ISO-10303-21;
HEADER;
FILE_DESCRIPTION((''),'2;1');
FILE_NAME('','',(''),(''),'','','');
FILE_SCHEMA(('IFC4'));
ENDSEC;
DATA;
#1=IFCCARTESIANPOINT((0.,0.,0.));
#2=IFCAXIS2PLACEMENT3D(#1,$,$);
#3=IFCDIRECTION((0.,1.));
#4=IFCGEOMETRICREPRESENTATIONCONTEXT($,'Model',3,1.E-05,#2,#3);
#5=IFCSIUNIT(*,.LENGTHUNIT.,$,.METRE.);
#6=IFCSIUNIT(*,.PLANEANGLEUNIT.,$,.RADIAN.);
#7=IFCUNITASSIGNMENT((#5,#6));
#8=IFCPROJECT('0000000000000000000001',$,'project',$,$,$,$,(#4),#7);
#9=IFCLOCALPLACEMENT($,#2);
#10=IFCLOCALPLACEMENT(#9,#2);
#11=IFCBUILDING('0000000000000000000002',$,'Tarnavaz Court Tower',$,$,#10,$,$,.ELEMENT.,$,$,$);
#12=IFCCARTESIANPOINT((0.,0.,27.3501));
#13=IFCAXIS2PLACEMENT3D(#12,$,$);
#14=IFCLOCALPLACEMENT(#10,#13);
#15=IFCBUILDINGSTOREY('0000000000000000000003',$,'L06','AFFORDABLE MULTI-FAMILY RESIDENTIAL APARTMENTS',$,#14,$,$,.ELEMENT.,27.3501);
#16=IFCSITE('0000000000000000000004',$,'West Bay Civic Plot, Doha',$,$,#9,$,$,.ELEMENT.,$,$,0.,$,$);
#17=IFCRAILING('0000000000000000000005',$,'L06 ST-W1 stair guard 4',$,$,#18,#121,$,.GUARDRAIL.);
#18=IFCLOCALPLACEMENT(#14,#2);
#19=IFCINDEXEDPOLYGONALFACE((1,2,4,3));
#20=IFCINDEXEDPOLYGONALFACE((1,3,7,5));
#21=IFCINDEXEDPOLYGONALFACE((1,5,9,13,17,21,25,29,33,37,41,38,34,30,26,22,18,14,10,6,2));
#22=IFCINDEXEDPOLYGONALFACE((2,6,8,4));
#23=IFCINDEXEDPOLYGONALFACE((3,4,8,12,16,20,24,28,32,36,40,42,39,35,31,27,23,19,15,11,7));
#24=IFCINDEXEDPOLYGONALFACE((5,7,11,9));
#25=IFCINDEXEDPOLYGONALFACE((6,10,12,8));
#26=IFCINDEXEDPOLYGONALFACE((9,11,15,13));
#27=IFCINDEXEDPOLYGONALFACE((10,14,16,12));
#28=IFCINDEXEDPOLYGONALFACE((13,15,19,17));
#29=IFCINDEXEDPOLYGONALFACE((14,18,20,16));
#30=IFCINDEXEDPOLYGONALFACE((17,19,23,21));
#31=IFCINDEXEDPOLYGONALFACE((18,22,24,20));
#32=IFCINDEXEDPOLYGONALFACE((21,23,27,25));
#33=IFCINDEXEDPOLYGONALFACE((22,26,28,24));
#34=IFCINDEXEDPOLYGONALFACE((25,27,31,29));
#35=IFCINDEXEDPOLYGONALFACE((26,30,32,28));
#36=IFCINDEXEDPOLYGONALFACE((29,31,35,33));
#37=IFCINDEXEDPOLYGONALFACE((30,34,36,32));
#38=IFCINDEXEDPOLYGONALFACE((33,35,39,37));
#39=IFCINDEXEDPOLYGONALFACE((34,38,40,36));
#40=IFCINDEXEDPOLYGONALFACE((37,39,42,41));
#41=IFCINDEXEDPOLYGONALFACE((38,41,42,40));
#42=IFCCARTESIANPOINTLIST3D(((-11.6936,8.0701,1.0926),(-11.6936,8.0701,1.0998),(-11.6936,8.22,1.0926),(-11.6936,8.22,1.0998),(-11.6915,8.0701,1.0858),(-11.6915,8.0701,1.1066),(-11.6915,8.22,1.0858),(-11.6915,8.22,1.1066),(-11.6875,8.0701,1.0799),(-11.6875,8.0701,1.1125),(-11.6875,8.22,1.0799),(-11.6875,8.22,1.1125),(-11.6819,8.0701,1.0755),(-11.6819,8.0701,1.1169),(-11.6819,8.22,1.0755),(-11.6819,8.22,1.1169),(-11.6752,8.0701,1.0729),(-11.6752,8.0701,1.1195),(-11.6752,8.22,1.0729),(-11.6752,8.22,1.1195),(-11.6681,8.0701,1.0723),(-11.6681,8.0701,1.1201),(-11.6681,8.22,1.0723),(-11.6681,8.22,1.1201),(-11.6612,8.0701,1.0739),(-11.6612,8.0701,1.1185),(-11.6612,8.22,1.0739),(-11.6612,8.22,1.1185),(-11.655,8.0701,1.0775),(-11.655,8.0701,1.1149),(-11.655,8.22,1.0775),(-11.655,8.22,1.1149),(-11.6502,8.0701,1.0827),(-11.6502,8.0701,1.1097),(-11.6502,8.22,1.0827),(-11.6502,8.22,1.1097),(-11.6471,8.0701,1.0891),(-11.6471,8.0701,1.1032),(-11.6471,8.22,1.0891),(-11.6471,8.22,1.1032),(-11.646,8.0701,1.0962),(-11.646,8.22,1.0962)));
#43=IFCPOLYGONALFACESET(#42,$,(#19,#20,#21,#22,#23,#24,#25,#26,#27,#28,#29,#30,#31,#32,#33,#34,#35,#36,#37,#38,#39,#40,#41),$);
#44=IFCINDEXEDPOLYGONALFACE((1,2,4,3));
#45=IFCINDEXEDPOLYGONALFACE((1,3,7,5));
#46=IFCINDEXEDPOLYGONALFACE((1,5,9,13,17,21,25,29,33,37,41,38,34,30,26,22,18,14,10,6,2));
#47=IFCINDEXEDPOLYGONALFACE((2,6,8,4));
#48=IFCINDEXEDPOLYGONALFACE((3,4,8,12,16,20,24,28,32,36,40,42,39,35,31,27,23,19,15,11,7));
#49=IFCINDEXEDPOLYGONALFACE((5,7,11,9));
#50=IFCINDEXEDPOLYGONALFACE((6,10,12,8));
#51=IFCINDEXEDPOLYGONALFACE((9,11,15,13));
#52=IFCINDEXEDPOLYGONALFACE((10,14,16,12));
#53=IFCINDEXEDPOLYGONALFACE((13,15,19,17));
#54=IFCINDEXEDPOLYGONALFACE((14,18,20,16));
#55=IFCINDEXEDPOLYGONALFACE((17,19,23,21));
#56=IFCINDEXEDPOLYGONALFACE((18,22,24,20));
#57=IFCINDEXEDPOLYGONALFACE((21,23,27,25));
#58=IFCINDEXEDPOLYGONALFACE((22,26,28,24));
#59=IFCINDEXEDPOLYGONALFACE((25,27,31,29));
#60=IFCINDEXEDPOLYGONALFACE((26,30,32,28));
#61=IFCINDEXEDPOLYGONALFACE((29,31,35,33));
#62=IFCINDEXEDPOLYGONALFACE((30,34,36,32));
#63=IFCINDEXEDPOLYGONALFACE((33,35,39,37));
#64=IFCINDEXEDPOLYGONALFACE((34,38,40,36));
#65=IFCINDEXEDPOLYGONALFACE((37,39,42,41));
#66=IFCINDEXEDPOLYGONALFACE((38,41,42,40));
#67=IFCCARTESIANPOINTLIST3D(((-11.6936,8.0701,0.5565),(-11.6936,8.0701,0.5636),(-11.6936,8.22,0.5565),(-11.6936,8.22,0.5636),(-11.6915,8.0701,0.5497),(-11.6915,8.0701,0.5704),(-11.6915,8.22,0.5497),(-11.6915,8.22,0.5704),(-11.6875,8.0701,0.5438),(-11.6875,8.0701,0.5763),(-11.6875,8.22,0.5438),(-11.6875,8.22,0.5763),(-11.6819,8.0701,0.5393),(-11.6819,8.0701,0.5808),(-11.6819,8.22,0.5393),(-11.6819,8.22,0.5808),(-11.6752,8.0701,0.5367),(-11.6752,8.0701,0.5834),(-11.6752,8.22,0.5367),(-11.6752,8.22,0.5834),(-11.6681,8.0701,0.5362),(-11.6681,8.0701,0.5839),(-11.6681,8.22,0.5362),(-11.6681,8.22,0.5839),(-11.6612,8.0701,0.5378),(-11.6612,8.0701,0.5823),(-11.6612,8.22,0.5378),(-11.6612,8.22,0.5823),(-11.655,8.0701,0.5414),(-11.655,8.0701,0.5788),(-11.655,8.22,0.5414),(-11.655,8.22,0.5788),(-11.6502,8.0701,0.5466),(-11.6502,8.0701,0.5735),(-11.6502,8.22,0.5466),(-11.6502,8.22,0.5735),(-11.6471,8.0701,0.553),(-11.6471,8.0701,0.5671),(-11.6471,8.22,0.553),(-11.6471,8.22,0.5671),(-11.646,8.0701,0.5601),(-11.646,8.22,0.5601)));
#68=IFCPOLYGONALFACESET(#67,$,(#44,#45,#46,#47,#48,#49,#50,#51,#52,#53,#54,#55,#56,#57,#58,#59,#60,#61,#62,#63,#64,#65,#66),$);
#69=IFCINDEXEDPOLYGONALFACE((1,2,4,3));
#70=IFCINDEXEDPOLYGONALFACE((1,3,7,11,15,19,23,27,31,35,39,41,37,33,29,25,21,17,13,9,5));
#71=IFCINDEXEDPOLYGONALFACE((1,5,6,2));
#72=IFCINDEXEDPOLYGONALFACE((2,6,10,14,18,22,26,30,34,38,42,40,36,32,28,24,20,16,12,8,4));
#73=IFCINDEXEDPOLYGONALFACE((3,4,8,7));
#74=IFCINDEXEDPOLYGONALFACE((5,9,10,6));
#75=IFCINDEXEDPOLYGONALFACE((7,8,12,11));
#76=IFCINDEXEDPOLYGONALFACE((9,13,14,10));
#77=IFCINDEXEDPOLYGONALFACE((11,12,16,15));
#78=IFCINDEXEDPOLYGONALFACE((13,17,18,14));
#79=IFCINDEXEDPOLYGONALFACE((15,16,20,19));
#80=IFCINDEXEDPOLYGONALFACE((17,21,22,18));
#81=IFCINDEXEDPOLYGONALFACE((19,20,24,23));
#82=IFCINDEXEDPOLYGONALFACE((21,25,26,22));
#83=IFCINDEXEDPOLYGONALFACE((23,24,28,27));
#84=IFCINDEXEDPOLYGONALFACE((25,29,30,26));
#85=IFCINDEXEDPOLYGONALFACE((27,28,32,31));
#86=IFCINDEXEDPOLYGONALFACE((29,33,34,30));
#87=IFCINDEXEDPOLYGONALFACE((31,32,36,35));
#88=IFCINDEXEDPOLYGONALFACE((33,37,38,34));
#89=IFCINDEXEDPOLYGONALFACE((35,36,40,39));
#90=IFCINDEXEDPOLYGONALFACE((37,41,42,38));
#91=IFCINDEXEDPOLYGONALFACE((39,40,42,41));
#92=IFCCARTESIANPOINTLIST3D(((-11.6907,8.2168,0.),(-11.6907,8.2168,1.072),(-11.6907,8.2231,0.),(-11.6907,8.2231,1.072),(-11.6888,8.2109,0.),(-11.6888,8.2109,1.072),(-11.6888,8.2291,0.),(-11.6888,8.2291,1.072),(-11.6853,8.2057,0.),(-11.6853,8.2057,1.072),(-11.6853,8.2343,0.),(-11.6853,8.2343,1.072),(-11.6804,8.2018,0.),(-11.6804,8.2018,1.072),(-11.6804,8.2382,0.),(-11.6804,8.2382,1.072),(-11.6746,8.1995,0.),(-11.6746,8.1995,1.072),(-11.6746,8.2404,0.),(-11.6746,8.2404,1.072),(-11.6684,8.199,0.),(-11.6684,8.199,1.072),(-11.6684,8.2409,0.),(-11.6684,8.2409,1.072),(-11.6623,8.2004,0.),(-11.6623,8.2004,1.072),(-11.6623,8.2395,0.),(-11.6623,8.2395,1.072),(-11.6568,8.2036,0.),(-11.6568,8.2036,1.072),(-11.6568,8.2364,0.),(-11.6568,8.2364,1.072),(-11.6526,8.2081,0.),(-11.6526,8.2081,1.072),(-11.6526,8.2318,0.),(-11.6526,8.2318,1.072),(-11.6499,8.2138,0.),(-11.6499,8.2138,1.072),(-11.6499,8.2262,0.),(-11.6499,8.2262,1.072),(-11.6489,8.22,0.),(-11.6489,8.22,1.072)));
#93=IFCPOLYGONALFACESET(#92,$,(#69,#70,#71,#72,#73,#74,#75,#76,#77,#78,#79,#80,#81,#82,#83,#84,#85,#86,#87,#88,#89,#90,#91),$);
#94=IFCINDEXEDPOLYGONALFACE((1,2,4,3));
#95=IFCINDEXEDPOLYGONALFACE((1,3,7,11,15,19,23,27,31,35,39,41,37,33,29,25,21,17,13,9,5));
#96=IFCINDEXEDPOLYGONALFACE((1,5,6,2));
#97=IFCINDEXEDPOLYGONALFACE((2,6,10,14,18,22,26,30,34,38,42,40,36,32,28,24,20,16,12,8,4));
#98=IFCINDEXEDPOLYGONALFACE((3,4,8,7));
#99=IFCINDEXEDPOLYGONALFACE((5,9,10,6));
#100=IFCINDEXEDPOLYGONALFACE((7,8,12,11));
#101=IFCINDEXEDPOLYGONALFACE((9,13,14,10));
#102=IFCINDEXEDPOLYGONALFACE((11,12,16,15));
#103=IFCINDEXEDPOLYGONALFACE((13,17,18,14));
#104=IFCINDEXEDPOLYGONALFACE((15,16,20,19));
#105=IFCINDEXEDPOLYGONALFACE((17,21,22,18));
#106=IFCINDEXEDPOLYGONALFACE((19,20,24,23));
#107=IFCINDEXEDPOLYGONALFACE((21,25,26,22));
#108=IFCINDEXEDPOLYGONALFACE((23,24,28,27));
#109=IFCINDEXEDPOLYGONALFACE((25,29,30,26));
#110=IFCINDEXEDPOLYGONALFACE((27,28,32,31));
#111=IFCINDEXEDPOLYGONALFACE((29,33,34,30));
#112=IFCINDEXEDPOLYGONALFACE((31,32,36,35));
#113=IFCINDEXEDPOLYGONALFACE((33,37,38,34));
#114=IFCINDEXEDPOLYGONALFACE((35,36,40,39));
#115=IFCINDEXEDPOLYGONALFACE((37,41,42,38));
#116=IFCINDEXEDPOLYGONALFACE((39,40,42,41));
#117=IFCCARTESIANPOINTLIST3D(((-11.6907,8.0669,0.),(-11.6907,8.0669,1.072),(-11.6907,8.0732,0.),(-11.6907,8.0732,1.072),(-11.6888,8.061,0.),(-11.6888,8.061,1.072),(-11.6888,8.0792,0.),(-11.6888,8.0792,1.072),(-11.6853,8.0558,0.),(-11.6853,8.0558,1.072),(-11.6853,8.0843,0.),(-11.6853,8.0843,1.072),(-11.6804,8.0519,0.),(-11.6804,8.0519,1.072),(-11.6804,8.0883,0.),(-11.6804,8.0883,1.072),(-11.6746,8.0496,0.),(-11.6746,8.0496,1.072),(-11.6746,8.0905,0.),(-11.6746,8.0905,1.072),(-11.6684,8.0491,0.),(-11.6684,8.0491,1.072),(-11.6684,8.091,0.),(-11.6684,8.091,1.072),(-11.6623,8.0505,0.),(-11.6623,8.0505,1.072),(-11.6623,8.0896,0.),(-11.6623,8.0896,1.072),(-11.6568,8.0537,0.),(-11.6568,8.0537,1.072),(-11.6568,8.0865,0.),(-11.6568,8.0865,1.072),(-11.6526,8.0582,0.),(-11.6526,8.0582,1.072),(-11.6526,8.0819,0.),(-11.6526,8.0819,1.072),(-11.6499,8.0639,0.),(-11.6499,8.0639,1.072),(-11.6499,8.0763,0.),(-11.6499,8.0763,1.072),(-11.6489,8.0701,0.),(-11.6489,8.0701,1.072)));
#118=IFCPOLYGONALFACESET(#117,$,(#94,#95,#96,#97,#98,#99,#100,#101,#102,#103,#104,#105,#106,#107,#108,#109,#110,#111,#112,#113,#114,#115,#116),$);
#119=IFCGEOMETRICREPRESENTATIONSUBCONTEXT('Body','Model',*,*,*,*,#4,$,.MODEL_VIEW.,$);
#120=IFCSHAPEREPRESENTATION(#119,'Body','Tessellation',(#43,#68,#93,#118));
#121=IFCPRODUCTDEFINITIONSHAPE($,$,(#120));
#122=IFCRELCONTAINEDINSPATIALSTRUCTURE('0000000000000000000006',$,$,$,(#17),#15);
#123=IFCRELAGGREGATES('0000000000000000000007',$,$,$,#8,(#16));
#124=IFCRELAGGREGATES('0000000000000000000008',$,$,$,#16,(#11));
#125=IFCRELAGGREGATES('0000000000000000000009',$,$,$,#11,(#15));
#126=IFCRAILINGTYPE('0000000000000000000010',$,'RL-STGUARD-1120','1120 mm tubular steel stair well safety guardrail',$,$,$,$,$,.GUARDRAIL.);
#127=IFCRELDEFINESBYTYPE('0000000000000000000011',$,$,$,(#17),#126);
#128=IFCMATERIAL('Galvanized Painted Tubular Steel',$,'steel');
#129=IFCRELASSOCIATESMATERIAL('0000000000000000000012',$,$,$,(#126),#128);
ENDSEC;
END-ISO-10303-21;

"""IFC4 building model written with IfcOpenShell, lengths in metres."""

from ifc_helpers import new_model, si_unit, direction, frame, origin, origin_2d, place, context, subcontext, project, spatial, circle, extrude, material, type_object, element, save


model = new_model("IFC4")

# Units and contexts
model_context = context("Model", 3, precision=1e-05, world=origin(), true_north=direction((0.0, 1.0)))
body_context = subcontext(model_context, "Body", "Model", "MODEL_VIEW")
ifc_project = project(units=[si_unit("LENGTHUNIT", "METRE"), si_unit("PLANEANGLEUNIT", "RADIAN")], contexts=[model_context])

# Site, building, storey
site_placement = place(None, origin())
site = spatial("IfcSite", under=ifc_project, at=site_placement, Name="West Bay Civic Plot, Doha", CompositionType="ELEMENT", RefElevation=0.0)
building_placement = place(site_placement, origin())
building = spatial("IfcBuilding", under=site, at=building_placement, Name="Tarnavaz Court Tower", CompositionType="ELEMENT")
storey_placement = place(building_placement, frame((0.0, 0.0, 27.3501)))
storey = spatial("IfcBuildingStorey", under=building, at=storey_placement, Name="L06", Description="AFFORDABLE MULTI-FAMILY RESIDENTIAL APARTMENTS", CompositionType="ELEMENT", Elevation=27.3501)

# Railing
ifc_material_1 = material(Name="Galvanized Painted Tubular Steel", Category="steel")
railing_type_1 = type_object("IfcRailingType", Name="RL-STGUARD-1120", Description="1120 mm tubular steel stair well safety guardrail", PredefinedType="GUARDRAIL", material=ifc_material_1)
railing_1_placement = place(storey_placement, frame((-11.6699, 8.22, 0.0)))
element("IfcRailing", 1, at=railing_1_placement, inside=storey, type_object=railing_type_1, Name="L06 ST-W1 stair guard 4", PredefinedType="GUARDRAIL", context=body_context, shape_type="SweptSolid", body=[
    extrude(circle(Radius=0.0239, at=origin_2d()), frame((0.0, 0.0, 1.0962), z_axis=(0.0, -1.0, 0.0), x_axis=(1.0, 0.0, 0.0)), (0.0, 0.0, 1.0), 0.1499),
    extrude(circle(Radius=0.0239, at=origin_2d()), frame((0.0, 0.0, 0.5601), z_axis=(0.0, -1.0, 0.0), x_axis=(1.0, 0.0, 0.0)), (0.0, 0.0, 1.0), 0.1499),
    extrude(circle(Radius=0.021, at=origin_2d()), origin(), (0.0, 0.0, 1.0), 1.072),
    extrude(circle(Radius=0.021, at=origin_2d()), frame((0.0, -0.1499, 0.0)), (0.0, 0.0, 1.0), 1.072),
])

save(model, "model.ifc")
